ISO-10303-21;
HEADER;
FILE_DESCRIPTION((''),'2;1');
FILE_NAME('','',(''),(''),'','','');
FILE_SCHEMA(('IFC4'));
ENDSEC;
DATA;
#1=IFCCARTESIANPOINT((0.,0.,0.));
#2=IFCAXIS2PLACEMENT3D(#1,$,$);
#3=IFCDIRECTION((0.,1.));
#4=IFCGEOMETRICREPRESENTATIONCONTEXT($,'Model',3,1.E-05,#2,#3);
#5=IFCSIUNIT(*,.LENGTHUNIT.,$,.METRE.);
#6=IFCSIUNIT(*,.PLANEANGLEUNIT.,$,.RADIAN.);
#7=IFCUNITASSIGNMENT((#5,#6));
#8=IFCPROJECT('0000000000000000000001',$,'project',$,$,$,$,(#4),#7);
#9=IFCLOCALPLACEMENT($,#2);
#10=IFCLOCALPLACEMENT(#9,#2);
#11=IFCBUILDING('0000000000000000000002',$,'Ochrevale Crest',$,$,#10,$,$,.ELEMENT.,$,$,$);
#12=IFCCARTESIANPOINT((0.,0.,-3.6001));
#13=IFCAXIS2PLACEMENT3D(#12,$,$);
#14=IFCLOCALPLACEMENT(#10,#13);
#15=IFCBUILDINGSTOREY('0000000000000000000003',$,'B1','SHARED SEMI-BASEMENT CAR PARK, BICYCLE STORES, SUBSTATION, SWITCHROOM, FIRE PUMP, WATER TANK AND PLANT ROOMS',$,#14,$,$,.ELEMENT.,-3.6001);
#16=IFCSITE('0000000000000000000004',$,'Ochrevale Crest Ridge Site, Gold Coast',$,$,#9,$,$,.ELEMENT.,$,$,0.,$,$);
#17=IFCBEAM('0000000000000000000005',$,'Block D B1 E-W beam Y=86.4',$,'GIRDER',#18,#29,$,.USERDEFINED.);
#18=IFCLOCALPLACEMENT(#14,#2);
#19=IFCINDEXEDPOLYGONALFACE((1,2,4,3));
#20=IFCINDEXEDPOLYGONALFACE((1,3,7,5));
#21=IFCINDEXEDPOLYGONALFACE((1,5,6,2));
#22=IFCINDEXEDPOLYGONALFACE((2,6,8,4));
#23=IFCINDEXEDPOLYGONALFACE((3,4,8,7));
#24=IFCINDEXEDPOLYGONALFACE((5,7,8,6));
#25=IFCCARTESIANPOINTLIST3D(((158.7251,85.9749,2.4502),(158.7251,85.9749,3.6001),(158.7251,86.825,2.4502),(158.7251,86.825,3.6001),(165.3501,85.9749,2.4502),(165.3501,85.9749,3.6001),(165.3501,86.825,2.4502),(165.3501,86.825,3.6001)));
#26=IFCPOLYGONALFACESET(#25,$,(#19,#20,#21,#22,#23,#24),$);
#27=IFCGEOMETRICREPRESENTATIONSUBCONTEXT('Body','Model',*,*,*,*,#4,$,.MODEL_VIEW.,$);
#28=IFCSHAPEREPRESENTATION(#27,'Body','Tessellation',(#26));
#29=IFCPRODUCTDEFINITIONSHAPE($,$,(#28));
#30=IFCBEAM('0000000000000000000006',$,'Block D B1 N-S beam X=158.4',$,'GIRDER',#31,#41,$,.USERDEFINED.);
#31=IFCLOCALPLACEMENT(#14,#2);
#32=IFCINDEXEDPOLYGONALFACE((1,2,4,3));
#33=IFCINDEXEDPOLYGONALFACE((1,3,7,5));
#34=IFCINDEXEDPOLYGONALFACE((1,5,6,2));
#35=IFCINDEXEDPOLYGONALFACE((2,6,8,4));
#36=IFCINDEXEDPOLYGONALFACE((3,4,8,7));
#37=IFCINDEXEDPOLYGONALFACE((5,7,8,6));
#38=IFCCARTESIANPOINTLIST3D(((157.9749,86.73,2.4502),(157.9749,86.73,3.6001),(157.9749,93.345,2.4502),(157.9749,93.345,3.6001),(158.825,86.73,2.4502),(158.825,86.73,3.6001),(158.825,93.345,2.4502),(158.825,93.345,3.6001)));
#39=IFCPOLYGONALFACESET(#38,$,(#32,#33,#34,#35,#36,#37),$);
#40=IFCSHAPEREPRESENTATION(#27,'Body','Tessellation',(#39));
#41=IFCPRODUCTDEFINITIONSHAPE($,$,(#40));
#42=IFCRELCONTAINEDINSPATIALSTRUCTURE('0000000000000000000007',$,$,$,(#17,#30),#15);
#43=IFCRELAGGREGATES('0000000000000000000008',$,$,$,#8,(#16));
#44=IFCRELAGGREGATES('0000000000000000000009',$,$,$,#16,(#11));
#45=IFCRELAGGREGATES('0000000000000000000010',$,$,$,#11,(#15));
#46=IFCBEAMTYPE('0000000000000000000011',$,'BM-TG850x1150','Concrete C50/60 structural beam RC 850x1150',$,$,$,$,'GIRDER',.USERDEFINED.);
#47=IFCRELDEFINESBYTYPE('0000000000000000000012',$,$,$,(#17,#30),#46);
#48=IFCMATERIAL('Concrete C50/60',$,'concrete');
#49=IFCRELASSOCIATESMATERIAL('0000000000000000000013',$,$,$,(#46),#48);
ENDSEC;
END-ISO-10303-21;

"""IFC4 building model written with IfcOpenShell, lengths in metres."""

from ifc_helpers import new_model, si_unit, direction, frame, origin, origin_2d, place, context, subcontext, project, spatial, rectangle, extrude, material, material_profile, profile_set, type_object, element, save


model = new_model("IFC4")

# Units and contexts
model_context = context("Model", 3, precision=1e-05, world=origin(), true_north=direction((0.0, 1.0)))
body_context = subcontext(model_context, "Body", "Model", "MODEL_VIEW")
ifc_project = project(units=[si_unit("LENGTHUNIT", "METRE"), si_unit("PLANEANGLEUNIT", "RADIAN")], contexts=[model_context])

# Site, building, storey
site_placement = place(None, origin())
site = spatial("IfcSite", under=ifc_project, at=site_placement, Name="Ochrevale Crest Ridge Site, Gold Coast", CompositionType="ELEMENT", RefElevation=0.0)
building_placement = place(site_placement, origin())
building = spatial("IfcBuilding", under=site, at=building_placement, Name="Ochrevale Crest", CompositionType="ELEMENT")
storey_placement = place(building_placement, frame((0.0, 0.0, -3.6001)))
storey = spatial("IfcBuildingStorey", under=building, at=storey_placement, Name="B1", Description="SHARED SEMI-BASEMENT CAR PARK, BICYCLE STORES, SUBSTATION, SWITCHROOM, FIRE PUMP, WATER TANK AND PLANT ROOMS", CompositionType="ELEMENT", Elevation=-3.6001)

# Shared definitions
ifc_material_1 = material(Name="Concrete C50/60", Category="concrete")

# Beams
ifc_material_profile_1 = material_profile(ifc_material_1, rectangle(XDim=0.8501, YDim=1.1499, at=origin_2d()), Name="RC 850x1150")
ifc_profile_set_1 = profile_set([ifc_material_profile_1], Name="Concrete C50/60")
beam_type = type_object("IfcBeamType", Name="BM-TG850x1150", Description="Concrete C50/60 structural beam RC 850x1150", ElementType="GIRDER", PredefinedType="USERDEFINED", material=ifc_profile_set_1)
beam_1_placement = place(storey_placement, frame((158.7251, 86.3999, 3.0251), z_axis=(1.0, 0.0, 0.0), x_axis=(0.0, 1.0, 0.0)))
element("IfcBeam", 1, at=beam_1_placement, inside=storey, type_object=beam_type, Name="Block D B1 E-W beam Y=86.4", ObjectType="GIRDER", PredefinedType="USERDEFINED", context=body_context, shape_type="SweptSolid", body=[
    extrude(rectangle(XDim=0.8501, YDim=1.1499, at=origin_2d()), origin(), (0.0, 0.0, 1.0), 6.625),
])
beam_2_placement = place(storey_placement, frame((158.3999, 86.73, 3.0251), z_axis=(0.0, 1.0, 0.0), x_axis=(-1.0, 0.0, 0.0)))
element("IfcBeam", 2, at=beam_2_placement, inside=storey, type_object=beam_type, Name="Block D B1 N-S beam X=158.4", ObjectType="GIRDER", PredefinedType="USERDEFINED", context=body_context, shape_type="SweptSolid", body=[
    extrude(rectangle(XDim=0.8501, YDim=1.1499, at=origin_2d()), origin(), (0.0, 0.0, 1.0), 6.615),
])

save(model, "model.ifc")
